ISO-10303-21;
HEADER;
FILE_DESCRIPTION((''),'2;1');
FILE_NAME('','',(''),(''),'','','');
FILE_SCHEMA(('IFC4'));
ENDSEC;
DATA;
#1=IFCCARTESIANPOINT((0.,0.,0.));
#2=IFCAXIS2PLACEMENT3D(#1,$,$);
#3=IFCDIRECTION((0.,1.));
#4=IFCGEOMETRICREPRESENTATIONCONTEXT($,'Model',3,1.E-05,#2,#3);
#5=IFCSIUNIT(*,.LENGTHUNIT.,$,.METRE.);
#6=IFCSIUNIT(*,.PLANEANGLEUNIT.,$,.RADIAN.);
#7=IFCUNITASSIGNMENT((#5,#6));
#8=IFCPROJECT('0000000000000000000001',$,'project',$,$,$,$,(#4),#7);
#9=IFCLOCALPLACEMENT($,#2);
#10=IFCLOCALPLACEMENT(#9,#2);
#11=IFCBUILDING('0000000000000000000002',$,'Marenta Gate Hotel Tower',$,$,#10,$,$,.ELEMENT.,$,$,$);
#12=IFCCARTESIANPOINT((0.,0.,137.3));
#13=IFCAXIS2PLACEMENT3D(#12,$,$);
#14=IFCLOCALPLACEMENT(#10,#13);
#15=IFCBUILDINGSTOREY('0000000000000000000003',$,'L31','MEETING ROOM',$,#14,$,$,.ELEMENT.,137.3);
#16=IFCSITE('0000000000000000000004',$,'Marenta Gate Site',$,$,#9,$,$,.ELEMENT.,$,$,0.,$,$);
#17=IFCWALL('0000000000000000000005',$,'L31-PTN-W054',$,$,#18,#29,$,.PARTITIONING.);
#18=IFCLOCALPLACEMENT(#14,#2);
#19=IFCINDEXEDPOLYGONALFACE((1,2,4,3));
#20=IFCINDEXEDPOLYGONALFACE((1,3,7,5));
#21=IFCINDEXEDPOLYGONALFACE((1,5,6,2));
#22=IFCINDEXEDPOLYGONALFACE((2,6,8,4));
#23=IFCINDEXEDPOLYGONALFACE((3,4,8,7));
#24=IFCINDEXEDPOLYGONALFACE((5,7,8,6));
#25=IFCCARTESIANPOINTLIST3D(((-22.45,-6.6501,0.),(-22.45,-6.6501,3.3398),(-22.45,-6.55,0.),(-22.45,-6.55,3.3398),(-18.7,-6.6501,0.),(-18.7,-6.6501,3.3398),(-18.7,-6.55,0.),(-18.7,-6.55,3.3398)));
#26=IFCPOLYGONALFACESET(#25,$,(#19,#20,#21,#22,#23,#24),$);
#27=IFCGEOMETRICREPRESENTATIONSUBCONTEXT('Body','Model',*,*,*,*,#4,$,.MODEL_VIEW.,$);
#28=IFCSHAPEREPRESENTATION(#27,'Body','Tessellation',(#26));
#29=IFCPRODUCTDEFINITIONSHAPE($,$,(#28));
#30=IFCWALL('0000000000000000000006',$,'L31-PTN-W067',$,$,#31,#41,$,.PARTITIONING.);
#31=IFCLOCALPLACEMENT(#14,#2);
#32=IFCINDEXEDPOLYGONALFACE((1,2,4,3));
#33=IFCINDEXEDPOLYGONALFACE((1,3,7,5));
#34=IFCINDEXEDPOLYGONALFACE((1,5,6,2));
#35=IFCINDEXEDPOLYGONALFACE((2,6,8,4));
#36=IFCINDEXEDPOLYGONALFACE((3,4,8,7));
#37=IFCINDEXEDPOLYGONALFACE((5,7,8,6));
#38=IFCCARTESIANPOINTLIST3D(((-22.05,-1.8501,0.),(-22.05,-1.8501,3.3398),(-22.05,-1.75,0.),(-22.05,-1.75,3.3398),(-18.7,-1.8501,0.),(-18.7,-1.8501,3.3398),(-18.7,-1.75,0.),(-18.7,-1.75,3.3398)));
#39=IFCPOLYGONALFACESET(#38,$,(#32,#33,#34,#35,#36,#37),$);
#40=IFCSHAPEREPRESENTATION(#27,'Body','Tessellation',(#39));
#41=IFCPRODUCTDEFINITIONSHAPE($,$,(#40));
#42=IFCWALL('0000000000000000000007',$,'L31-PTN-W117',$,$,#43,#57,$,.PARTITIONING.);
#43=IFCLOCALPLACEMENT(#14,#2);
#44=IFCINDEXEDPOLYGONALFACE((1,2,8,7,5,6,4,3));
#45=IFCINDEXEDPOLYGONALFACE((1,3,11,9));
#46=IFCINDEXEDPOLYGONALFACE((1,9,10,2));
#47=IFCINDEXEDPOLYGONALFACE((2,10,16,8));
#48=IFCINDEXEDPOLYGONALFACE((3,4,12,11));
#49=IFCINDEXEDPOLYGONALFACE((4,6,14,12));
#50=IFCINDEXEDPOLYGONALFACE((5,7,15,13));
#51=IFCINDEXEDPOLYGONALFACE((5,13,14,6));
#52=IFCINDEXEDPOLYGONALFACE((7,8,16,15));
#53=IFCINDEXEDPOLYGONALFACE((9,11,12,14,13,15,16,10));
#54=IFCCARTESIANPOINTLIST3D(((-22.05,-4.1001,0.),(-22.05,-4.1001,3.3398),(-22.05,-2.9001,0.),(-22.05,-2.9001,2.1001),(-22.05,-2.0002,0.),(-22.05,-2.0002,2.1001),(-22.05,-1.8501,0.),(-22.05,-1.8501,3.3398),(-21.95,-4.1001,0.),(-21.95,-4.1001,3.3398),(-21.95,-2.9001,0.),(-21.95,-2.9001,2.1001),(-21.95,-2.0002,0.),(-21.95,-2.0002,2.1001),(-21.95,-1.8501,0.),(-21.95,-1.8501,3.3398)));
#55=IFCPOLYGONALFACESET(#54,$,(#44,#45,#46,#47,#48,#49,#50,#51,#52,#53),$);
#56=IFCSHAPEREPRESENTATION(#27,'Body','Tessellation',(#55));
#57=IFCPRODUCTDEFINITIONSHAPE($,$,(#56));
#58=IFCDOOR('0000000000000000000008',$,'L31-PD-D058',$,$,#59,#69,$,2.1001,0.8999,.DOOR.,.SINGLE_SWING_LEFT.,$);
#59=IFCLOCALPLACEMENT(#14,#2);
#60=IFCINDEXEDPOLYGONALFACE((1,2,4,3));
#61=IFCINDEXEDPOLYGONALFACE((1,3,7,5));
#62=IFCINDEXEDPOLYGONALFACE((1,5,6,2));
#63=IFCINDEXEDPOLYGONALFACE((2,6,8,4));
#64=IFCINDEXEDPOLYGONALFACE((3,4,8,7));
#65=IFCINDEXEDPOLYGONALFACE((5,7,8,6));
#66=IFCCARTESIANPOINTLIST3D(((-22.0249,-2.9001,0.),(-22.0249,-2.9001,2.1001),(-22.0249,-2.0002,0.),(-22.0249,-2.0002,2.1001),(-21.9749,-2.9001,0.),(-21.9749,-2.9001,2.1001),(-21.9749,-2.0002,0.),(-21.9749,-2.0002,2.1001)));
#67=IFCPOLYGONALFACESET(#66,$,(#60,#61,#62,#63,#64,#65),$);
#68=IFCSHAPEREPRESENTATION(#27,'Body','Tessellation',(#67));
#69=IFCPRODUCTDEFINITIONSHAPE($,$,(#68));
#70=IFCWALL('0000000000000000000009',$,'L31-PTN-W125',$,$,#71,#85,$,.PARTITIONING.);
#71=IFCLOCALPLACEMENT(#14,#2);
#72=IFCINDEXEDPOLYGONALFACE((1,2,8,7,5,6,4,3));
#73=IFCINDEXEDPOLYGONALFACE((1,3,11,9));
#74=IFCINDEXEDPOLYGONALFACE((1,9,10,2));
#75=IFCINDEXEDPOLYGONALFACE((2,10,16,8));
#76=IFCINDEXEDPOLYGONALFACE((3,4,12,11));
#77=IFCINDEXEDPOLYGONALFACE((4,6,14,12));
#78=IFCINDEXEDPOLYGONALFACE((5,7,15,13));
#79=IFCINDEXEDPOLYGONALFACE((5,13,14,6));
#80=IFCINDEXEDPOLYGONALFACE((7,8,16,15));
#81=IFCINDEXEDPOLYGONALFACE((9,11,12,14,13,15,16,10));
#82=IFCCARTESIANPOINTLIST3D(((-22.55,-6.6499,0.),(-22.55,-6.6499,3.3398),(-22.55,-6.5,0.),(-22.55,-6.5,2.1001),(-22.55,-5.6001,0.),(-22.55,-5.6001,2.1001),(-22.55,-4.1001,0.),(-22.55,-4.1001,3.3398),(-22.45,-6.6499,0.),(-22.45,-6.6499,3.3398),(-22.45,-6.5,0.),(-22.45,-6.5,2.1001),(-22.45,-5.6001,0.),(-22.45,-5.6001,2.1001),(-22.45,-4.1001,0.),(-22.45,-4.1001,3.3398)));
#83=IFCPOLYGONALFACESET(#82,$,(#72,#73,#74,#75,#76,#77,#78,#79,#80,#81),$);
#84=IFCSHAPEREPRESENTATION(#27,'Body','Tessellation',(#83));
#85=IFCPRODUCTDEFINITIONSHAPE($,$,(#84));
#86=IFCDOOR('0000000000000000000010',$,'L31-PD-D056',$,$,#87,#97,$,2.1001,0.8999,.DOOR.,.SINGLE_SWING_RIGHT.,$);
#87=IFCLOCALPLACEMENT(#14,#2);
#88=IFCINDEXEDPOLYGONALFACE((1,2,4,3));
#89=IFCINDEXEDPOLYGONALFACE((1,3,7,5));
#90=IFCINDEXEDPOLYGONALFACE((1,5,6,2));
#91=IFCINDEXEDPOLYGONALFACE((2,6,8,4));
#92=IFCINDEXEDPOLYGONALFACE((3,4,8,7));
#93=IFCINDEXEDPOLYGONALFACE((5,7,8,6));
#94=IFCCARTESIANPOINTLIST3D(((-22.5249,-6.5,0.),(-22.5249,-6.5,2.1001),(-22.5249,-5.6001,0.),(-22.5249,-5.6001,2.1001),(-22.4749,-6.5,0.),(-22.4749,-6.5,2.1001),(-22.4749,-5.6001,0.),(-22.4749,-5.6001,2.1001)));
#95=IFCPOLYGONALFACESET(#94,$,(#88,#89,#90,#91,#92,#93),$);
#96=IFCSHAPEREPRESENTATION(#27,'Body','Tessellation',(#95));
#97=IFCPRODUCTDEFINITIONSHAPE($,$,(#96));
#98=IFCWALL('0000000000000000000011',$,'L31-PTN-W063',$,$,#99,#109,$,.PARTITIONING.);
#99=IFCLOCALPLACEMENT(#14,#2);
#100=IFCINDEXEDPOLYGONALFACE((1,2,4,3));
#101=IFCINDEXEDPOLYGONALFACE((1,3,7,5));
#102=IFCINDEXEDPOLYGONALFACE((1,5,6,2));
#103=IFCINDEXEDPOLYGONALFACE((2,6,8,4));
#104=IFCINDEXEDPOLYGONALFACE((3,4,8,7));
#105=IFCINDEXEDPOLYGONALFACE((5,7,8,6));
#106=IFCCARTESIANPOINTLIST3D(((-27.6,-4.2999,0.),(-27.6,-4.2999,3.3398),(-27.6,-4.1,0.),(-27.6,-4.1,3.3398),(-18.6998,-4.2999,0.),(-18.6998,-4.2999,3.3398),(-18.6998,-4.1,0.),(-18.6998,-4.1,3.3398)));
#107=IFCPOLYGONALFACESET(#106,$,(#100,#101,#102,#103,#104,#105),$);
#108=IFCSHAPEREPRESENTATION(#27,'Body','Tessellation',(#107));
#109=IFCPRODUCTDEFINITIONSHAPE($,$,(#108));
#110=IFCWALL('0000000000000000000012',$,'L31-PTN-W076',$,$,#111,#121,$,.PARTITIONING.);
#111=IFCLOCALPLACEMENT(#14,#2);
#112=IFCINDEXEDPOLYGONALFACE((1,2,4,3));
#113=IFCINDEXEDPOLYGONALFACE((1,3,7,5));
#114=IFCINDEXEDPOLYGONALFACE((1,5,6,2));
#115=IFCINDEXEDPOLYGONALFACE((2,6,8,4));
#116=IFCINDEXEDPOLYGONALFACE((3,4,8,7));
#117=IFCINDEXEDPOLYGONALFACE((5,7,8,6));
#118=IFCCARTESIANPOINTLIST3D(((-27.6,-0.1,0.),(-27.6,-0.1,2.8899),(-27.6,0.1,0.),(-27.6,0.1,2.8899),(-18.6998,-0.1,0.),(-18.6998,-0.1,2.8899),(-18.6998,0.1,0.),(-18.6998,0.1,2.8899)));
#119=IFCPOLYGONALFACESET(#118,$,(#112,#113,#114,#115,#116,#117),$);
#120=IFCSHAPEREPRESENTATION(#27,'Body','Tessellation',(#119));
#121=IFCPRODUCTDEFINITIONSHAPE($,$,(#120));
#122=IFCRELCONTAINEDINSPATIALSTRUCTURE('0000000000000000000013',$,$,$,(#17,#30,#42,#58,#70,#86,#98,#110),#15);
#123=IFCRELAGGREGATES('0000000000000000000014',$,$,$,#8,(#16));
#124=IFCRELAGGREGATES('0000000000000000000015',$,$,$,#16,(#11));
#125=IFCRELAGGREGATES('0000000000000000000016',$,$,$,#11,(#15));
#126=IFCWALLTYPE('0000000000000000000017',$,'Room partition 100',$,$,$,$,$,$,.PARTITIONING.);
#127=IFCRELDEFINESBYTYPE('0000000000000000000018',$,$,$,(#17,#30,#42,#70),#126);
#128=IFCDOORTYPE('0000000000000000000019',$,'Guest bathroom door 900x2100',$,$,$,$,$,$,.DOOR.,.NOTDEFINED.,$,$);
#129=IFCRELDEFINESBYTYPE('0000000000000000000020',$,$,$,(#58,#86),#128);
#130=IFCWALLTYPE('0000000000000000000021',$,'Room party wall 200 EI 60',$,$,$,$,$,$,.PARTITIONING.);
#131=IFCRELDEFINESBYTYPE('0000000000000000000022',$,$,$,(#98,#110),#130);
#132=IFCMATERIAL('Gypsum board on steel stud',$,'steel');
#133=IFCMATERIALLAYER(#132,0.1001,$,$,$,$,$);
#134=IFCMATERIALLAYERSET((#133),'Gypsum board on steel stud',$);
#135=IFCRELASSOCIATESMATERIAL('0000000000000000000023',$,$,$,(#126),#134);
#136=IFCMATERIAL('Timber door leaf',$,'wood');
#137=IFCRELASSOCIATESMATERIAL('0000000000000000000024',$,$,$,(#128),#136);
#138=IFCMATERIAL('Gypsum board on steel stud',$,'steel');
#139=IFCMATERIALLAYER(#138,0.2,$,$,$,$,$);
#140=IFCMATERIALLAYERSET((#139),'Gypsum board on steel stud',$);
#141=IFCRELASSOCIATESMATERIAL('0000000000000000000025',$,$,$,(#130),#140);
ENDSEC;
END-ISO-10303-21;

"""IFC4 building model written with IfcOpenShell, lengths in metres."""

from ifc_helpers import new_model, si_unit, direction, frame, frame_2d, origin, place, context, subcontext, project, spatial, rectangle, extrude, material, layer, layer_set, type_object, element, fill, save


model = new_model("IFC4")

# Units and contexts
model_context = context("Model", 3, precision=1e-05, world=origin(), true_north=direction((0.0, 1.0)))
body_context = subcontext(model_context, "Body", "Model", "MODEL_VIEW")
ifc_project = project(units=[si_unit("LENGTHUNIT", "METRE"), si_unit("PLANEANGLEUNIT", "RADIAN")], contexts=[model_context])

# Site, building, storey
site_placement = place(None, origin())
site = spatial("IfcSite", under=ifc_project, at=site_placement, Name="Marenta Gate Site", CompositionType="ELEMENT", RefElevation=0.0)
building_placement = place(site_placement, origin())
building = spatial("IfcBuilding", under=site, at=building_placement, Name="Marenta Gate Hotel Tower", CompositionType="ELEMENT")
storey_placement = place(building_placement, frame((0.0, 0.0, 137.3)))
storey = spatial("IfcBuildingStorey", under=building, at=storey_placement, Name="L31", Description="MEETING ROOM", CompositionType="ELEMENT", Elevation=137.3)

# Walls
ifc_material_1 = material(Name="Gypsum board on steel stud", Category="steel")
ifc_layer_1 = layer(ifc_material_1, 0.1001)
ifc_layer_set_1 = layer_set([ifc_layer_1], Name="Gypsum board on steel stud")
wall_type_1 = type_object("IfcWallType", Name="Room partition 100", PredefinedType="PARTITIONING", material=ifc_layer_set_1)
wall_1_placement = place(storey_placement, frame((-22.45, -6.6001, 0.0), z_axis=(0.0, 0.0, 1.0), x_axis=(1.0, 0.0, 0.0)))
element("IfcWall", 1, at=wall_1_placement, inside=storey, type_object=wall_type_1, Name="L31-PTN-W054", PredefinedType="PARTITIONING", context=body_context, shape_type="SweptSolid", body=[
    extrude(rectangle(XDim=3.75, YDim=0.1001, at=frame_2d((1.875, 0.0))), origin(), (0.0, 0.0, 1.0), 3.3398),
])
wall_2_placement = place(storey_placement, frame((-22.05, -1.8, 0.0), z_axis=(0.0, 0.0, 1.0), x_axis=(1.0, 0.0, 0.0)))
element("IfcWall", 2, at=wall_2_placement, inside=storey, type_object=wall_type_1, Name="L31-PTN-W067", PredefinedType="PARTITIONING", context=body_context, shape_type="SweptSolid", body=[
    extrude(rectangle(XDim=3.3501, YDim=0.1001, at=frame_2d((1.675, 0.0))), origin(), (0.0, 0.0, 1.0), 3.3398),
])

# Walls, openings, doors
wall_3_placement = place(storey_placement, frame((-22.0, -4.1001, 0.0), z_axis=(0.0, 0.0, 1.0), x_axis=(0.0, 1.0, 0.0)))
wall_3 = element("IfcWall", 3, at=wall_3_placement, inside=storey, type_object=wall_type_1, Name="L31-PTN-W117", PredefinedType="PARTITIONING", context=body_context, shape_type="SweptSolid", body=[
    extrude(rectangle(XDim=2.25, YDim=0.1001, at=frame_2d((1.125, 0.0))), origin(), (0.0, 0.0, 1.0), 3.3398),
])
opening_1_placement = place(wall_3_placement, frame((1.2, 0.0, 0.0)))
opening_1 = element("IfcOpeningElement", 4, at=opening_1_placement, cuts=wall_3, PredefinedType="OPENING", context=body_context, shape_type="SweptSolid", body=[
    extrude(rectangle(XDim=0.8999, YDim=2.1001, at=frame_2d((0.45, 1.05))), frame((0.0, 0.05, 0.0), z_axis=(0.0, -1.0, 0.0), x_axis=(1.0, 0.0, 0.0)), (0.0, 0.0, 1.0), 0.1001),
])
ifc_material_2 = material(Name="Timber door leaf", Category="wood")
door_type = type_object("IfcDoorType", Name="Guest bathroom door 900x2100", OperationType="NOTDEFINED", PredefinedType="DOOR", material=ifc_material_2)
door_1_placement = place(opening_1_placement, origin())
door_1 = element("IfcDoor", 5, at=door_1_placement, inside=storey, type_object=door_type, Name="L31-PD-D058", OperationType="SINGLE_SWING_LEFT", OverallHeight=2.1001, OverallWidth=0.8999, PredefinedType="DOOR", context=body_context, shape_type="SweptSolid", body=[
    extrude(rectangle(XDim=0.8999, YDim=2.1001, at=frame_2d((0.45, 1.05))), frame((0.0, 0.0249, 0.0), z_axis=(0.0, -1.0, 0.0), x_axis=(1.0, 0.0, 0.0)), (0.0, 0.0, 1.0), 0.05),
])
fill(opening_1, door_1)
wall_4_placement = place(storey_placement, frame((-22.5, -6.6499, 0.0), z_axis=(0.0, 0.0, 1.0), x_axis=(0.0, 1.0, 0.0)))
wall_4 = element("IfcWall", 6, at=wall_4_placement, inside=storey, type_object=wall_type_1, Name="L31-PTN-W125", PredefinedType="PARTITIONING", context=body_context, shape_type="SweptSolid", body=[
    extrude(rectangle(XDim=2.5498, YDim=0.1001, at=frame_2d((1.2749, 0.0))), origin(), (0.0, 0.0, 1.0), 3.3398),
])
opening_2_placement = place(wall_4_placement, frame((0.1499, 0.0, 0.0)))
opening_2 = element("IfcOpeningElement", 7, at=opening_2_placement, cuts=wall_4, PredefinedType="OPENING", context=body_context, shape_type="SweptSolid", body=[
    extrude(rectangle(XDim=0.8999, YDim=2.1001, at=frame_2d((0.45, 1.05))), frame((0.0, 0.05, 0.0), z_axis=(0.0, -1.0, 0.0), x_axis=(1.0, 0.0, 0.0)), (0.0, 0.0, 1.0), 0.1001),
])
door_2_placement = place(opening_2_placement, origin())
door_2 = element("IfcDoor", 8, at=door_2_placement, inside=storey, type_object=door_type, Name="L31-PD-D056", OperationType="SINGLE_SWING_RIGHT", OverallHeight=2.1001, OverallWidth=0.8999, PredefinedType="DOOR", context=body_context, shape_type="SweptSolid", body=[
    extrude(rectangle(XDim=0.8999, YDim=2.1001, at=frame_2d((0.45, 1.05))), frame((0.0, 0.0249, 0.0), z_axis=(0.0, -1.0, 0.0), x_axis=(1.0, 0.0, 0.0)), (0.0, 0.0, 1.0), 0.05),
])
fill(opening_2, door_2)

# Walls
ifc_material_3 = material(Name="Gypsum board on steel stud", Category="steel")
ifc_layer_2 = layer(ifc_material_3, 0.2)
ifc_layer_set_2 = layer_set([ifc_layer_2], Name="Gypsum board on steel stud")
wall_type_2 = type_object("IfcWallType", Name="Room party wall 200 EI 60", PredefinedType="PARTITIONING", material=ifc_layer_set_2)
wall_5_placement = place(storey_placement, frame((-27.6001, -4.2, 0.0), z_axis=(0.0, 0.0, 1.0), x_axis=(1.0, 0.0, 0.0)))
element("IfcWall", 9, at=wall_5_placement, inside=storey, type_object=wall_type_2, Name="L31-PTN-W063", PredefinedType="PARTITIONING", context=body_context, shape_type="SweptSolid", body=[
    extrude(rectangle(XDim=8.9001, YDim=0.2, at=frame_2d((4.4502, 0.0))), origin(), (0.0, 0.0, 1.0), 3.3398),
])
wall_6_placement = place(storey_placement, frame((-27.6001, 0.0, 0.0), z_axis=(0.0, 0.0, 1.0), x_axis=(1.0, 0.0, 0.0)))
element("IfcWall", 10, at=wall_6_placement, inside=storey, type_object=wall_type_2, Name="L31-PTN-W076", PredefinedType="PARTITIONING", context=body_context, shape_type="SweptSolid", body=[
    extrude(rectangle(XDim=8.9001, YDim=0.2, at=frame_2d((4.4502, 0.0))), origin(), (0.0, 0.0, 1.0), 2.8899),
])

save(model, "model.ifc")
